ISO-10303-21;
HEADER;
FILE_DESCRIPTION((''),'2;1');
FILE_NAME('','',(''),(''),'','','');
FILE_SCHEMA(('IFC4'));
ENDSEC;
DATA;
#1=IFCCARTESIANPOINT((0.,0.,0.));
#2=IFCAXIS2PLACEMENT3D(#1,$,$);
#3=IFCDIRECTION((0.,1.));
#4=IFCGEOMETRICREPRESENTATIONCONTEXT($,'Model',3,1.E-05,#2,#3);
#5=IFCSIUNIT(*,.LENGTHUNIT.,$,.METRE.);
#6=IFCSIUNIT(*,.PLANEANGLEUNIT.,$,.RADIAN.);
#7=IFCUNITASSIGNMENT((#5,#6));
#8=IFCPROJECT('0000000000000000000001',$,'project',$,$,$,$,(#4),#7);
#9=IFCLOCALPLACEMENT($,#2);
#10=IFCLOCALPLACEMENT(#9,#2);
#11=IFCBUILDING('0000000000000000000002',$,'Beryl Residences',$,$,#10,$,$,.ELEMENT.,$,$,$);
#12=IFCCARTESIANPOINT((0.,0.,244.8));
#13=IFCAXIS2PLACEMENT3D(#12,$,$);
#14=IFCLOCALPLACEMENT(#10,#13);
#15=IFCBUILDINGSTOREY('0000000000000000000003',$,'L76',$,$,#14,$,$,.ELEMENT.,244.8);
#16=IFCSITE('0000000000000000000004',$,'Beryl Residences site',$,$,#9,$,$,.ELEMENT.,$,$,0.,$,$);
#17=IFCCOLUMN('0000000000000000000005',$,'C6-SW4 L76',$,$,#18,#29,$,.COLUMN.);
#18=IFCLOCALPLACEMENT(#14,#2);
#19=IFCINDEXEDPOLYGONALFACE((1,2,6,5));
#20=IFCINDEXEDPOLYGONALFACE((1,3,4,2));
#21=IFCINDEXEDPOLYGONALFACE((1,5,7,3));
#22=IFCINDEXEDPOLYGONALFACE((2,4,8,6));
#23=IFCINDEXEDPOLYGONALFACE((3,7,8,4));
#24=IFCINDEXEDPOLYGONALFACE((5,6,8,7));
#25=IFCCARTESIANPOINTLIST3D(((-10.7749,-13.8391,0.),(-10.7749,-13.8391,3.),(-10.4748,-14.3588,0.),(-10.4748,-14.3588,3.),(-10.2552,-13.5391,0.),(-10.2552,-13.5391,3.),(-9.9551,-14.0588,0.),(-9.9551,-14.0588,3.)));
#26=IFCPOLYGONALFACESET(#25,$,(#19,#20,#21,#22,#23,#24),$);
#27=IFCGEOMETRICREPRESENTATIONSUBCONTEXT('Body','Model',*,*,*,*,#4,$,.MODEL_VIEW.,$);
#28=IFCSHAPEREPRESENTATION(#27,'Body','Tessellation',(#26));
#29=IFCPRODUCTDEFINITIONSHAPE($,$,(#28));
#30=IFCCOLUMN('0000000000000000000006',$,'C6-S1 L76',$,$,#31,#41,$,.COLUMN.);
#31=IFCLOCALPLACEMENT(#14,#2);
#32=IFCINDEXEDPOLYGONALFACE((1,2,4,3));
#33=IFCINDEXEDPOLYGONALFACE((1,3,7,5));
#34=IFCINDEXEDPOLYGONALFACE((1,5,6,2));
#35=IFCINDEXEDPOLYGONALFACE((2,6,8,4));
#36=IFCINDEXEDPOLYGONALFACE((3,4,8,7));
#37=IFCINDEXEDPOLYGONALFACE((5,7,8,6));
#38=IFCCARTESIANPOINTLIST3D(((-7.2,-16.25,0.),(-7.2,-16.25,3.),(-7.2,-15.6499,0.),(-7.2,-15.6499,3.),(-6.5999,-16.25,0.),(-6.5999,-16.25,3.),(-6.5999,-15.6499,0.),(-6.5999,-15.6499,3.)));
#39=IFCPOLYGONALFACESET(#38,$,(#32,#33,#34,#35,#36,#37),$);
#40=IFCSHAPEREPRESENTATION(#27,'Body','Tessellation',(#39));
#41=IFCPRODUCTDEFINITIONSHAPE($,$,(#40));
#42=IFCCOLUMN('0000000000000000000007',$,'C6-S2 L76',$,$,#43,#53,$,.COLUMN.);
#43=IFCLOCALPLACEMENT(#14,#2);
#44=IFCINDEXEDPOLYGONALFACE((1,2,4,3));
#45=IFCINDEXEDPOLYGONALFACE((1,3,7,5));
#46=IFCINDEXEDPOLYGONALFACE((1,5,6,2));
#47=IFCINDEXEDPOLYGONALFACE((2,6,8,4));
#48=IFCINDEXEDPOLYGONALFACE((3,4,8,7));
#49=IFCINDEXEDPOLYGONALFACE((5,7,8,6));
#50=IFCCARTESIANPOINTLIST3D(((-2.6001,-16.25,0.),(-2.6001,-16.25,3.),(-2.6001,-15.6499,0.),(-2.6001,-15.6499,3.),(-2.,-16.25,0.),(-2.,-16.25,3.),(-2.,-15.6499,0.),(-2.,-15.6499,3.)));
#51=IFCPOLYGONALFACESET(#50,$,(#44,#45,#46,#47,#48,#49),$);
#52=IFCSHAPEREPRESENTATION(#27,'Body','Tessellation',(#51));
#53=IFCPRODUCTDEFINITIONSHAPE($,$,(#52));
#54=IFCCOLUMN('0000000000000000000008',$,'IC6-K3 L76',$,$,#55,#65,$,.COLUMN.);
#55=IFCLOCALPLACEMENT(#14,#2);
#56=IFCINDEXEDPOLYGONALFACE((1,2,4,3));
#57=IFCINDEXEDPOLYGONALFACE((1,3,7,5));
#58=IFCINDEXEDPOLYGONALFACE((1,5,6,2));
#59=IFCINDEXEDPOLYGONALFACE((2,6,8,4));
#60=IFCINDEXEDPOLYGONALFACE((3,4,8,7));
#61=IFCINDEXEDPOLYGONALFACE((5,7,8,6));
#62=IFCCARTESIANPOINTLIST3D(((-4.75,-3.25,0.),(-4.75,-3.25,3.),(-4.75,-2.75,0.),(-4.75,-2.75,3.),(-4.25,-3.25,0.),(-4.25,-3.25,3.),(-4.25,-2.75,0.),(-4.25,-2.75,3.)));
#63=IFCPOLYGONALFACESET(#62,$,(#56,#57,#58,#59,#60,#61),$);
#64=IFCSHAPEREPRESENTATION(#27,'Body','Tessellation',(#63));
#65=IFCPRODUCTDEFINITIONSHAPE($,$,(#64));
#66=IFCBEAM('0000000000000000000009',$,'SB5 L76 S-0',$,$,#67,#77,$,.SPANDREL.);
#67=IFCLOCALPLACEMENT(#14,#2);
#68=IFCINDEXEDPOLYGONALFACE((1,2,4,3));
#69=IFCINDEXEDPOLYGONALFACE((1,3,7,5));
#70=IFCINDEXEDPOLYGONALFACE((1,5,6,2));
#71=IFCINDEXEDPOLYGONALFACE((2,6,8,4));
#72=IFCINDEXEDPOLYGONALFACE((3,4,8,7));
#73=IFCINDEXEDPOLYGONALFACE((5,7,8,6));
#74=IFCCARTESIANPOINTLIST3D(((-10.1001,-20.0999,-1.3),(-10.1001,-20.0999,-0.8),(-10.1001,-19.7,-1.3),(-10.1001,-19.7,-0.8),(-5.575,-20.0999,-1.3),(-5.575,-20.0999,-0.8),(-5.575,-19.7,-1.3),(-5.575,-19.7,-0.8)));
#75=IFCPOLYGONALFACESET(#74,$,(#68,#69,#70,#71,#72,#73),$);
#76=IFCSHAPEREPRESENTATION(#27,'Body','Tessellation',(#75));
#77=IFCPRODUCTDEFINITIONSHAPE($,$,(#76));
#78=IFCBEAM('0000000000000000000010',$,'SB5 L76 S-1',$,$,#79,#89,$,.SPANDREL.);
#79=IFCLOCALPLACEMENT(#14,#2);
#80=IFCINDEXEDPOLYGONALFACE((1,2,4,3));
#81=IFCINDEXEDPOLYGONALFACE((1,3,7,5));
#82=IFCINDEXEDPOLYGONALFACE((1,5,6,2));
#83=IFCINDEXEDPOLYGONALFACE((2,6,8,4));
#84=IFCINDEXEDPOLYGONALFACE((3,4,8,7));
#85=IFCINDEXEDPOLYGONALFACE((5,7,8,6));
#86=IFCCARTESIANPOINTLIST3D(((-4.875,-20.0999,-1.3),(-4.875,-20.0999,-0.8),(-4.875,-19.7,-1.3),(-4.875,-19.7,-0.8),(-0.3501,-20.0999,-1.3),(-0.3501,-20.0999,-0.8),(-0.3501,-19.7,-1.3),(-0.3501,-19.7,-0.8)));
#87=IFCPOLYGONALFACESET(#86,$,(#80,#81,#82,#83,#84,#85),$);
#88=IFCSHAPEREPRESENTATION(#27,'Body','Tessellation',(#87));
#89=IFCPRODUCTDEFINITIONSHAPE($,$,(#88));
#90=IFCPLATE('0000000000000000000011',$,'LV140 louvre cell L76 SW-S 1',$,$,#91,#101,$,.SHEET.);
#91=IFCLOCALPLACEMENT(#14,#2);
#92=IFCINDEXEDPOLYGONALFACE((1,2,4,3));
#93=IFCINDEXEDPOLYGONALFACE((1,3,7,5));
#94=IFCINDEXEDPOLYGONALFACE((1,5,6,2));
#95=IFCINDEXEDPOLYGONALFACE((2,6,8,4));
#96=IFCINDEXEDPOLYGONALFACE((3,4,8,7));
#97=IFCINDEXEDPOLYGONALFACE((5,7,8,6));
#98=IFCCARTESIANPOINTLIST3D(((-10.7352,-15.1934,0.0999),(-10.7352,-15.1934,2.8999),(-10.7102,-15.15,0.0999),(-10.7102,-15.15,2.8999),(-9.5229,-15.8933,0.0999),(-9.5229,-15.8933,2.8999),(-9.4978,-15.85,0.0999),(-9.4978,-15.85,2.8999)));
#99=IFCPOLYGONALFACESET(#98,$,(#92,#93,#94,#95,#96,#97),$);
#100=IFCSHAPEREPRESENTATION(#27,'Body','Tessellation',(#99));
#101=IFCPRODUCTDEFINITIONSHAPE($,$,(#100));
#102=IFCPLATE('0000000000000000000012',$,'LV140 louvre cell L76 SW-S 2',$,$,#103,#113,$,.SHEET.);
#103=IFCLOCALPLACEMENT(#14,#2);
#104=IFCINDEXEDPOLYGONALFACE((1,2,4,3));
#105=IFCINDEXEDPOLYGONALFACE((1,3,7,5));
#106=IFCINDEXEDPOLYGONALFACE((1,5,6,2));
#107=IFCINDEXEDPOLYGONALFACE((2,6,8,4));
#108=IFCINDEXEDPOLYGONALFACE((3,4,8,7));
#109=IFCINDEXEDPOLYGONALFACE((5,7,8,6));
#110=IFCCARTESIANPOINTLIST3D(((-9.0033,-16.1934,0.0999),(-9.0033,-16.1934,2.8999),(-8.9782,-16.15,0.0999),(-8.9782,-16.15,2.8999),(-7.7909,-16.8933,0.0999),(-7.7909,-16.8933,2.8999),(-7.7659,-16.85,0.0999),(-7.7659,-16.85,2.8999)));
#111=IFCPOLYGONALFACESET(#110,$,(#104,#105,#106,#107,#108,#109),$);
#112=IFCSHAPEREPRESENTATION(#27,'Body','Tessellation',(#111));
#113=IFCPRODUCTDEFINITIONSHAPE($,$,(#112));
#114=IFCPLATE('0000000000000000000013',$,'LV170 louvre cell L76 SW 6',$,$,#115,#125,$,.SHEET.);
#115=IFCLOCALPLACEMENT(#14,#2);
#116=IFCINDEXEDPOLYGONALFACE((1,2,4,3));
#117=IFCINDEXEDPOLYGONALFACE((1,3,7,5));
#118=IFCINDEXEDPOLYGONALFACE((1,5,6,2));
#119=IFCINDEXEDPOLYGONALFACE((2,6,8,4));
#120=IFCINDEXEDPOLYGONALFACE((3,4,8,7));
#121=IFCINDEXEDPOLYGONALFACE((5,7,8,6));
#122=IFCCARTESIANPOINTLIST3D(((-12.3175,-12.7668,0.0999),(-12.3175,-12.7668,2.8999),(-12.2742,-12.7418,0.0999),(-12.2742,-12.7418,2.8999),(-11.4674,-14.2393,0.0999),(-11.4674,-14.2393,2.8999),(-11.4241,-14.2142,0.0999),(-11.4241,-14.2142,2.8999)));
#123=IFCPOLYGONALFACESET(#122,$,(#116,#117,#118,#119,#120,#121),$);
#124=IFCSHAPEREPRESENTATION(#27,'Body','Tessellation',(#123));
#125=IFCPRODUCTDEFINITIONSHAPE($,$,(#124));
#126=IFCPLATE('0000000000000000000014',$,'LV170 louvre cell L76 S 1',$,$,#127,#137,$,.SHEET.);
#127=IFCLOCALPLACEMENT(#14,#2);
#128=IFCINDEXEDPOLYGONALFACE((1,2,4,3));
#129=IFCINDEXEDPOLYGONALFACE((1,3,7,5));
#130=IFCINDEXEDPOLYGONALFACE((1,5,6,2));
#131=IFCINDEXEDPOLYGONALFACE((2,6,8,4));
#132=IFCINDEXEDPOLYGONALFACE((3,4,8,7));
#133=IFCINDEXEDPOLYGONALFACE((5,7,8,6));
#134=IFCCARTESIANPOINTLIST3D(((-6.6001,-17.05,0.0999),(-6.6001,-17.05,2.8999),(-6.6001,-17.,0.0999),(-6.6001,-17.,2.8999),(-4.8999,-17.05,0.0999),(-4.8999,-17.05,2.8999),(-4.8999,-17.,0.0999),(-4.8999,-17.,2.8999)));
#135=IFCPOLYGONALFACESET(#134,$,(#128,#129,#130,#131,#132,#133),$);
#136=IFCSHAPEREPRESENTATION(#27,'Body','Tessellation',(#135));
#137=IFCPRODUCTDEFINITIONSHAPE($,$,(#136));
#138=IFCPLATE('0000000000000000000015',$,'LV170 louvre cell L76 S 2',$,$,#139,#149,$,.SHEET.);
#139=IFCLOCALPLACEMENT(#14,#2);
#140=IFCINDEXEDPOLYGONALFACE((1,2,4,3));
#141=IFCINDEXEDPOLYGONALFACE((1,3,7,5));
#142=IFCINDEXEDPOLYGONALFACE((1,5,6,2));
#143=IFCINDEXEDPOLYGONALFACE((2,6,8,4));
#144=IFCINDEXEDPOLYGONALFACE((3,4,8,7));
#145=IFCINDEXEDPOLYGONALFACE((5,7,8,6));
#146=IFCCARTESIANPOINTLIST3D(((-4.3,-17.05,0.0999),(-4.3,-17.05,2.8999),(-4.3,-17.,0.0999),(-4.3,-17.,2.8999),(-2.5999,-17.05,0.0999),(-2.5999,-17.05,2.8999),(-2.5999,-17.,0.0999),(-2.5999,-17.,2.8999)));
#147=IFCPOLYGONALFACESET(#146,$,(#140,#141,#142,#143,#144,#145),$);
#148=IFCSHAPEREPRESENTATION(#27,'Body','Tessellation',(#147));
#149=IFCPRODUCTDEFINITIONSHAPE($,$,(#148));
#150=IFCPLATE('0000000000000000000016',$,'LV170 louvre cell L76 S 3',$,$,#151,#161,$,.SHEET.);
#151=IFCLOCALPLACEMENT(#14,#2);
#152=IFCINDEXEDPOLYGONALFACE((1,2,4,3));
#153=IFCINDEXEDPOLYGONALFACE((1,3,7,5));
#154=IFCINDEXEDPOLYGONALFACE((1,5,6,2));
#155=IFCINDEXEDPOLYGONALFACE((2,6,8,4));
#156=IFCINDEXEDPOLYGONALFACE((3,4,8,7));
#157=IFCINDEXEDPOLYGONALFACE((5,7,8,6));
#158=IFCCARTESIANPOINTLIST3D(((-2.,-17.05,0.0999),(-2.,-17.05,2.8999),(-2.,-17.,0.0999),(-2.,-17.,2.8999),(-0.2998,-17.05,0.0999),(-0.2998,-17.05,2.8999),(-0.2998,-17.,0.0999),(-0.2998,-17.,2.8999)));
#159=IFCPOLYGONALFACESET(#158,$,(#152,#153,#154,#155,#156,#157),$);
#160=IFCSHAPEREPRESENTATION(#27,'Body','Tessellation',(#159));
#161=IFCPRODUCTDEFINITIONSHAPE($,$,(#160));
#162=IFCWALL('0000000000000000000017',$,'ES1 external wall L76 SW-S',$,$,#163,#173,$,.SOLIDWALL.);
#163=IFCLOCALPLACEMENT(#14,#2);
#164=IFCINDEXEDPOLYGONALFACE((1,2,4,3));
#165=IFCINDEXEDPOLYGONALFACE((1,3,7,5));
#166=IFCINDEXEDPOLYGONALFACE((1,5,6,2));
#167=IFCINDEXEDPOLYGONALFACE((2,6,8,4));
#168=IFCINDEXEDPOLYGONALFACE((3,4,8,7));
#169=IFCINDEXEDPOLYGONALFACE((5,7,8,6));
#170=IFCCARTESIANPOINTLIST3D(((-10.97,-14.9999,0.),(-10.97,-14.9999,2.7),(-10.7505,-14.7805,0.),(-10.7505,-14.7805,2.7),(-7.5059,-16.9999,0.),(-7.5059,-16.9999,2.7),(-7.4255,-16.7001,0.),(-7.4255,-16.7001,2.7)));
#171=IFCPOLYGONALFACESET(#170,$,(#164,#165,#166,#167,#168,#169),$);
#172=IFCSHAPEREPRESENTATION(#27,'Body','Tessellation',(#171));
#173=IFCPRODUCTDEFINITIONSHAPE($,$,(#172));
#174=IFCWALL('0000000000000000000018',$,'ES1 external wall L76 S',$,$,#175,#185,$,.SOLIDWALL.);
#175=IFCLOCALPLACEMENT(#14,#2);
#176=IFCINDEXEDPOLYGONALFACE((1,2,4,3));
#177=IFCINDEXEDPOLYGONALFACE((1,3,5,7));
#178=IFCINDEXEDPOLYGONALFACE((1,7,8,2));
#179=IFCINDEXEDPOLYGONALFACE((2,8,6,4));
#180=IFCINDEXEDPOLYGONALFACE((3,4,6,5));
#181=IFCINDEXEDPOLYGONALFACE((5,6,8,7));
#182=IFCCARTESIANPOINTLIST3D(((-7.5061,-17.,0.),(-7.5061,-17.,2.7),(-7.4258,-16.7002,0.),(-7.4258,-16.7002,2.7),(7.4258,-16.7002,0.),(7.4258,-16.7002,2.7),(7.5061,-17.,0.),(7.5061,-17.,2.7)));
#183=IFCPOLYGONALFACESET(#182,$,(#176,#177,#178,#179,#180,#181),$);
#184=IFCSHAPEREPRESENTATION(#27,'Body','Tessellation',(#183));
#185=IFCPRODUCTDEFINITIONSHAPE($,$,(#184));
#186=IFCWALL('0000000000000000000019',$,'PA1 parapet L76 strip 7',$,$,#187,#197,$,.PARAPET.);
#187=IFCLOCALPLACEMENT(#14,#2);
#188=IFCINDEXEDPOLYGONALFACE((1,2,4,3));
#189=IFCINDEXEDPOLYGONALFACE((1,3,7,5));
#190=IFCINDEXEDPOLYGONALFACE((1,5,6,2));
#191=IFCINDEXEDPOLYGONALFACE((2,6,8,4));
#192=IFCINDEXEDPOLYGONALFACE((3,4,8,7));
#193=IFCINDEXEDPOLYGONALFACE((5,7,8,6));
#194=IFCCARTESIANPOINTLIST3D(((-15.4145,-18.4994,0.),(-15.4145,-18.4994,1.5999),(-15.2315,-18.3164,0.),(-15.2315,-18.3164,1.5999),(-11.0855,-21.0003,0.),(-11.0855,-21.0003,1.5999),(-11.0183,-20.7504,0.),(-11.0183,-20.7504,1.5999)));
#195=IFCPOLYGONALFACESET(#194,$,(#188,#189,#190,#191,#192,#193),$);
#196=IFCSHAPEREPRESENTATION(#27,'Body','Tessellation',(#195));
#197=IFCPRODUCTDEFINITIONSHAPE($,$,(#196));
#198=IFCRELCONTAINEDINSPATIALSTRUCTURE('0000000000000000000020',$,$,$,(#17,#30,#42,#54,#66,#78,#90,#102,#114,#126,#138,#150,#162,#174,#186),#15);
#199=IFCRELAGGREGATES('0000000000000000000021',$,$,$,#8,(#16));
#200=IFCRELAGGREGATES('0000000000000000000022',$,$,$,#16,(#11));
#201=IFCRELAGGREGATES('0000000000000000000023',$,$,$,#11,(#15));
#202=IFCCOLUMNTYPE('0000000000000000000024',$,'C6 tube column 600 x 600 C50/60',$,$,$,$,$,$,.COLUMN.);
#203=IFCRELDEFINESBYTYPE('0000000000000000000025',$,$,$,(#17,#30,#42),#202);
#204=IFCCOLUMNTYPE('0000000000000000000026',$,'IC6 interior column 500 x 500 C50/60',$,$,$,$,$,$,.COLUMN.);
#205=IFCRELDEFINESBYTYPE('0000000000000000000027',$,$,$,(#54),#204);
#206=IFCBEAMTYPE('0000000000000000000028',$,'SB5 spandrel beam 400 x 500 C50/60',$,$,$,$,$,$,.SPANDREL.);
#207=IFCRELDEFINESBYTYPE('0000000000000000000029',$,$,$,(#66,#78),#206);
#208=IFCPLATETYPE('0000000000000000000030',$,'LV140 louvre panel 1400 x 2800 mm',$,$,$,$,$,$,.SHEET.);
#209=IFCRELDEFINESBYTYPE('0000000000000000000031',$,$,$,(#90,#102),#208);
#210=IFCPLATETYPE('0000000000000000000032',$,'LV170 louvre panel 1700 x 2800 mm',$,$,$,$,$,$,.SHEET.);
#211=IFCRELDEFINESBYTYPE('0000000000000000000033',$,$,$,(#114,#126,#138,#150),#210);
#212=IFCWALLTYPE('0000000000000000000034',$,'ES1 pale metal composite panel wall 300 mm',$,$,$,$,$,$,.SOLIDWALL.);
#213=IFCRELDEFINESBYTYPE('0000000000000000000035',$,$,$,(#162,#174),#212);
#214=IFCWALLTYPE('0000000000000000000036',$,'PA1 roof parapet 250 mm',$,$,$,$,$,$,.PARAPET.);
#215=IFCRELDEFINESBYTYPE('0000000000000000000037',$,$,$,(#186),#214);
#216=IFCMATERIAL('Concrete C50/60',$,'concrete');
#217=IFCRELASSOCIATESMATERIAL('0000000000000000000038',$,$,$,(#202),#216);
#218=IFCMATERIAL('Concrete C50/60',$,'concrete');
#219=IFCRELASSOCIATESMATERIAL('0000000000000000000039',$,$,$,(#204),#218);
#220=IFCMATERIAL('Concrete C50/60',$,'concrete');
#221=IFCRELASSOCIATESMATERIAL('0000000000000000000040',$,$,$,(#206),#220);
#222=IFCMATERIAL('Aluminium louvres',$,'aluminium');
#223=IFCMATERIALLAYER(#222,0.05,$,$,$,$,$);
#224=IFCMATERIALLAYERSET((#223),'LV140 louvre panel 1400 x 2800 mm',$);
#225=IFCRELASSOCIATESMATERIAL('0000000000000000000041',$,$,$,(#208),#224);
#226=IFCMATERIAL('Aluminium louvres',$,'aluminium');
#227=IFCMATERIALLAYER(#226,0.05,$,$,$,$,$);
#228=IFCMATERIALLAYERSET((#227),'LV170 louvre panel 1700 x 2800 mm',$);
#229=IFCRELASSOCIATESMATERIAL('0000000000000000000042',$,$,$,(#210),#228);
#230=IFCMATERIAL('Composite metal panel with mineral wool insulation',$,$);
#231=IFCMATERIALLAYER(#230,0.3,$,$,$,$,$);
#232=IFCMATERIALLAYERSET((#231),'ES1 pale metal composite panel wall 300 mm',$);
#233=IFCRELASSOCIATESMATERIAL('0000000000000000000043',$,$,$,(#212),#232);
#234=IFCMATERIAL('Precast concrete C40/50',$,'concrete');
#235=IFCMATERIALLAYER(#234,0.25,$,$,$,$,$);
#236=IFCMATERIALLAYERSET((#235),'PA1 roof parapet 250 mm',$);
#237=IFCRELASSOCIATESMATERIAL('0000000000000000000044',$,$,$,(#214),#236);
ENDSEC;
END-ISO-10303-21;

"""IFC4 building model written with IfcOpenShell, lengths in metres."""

from ifc_helpers import new_model, si_unit, direction, frame, origin, origin_2d, place, context, subcontext, project, spatial, polyline, rectangle, outline, extrude, source, transform, mapped, material, layer, layer_set, material_profile, profile_set, type_object, type_shapes, element, save


model = new_model("IFC4")

# Units and contexts
model_context = context("Model", 3, precision=1e-05, world=origin(), true_north=direction((0.0, 1.0)))
body_context = subcontext(model_context, "Body", "Model", "MODEL_VIEW")
ifc_project = project(units=[si_unit("LENGTHUNIT", "METRE"), si_unit("PLANEANGLEUNIT", "RADIAN")], contexts=[model_context])

# Site, building, storey
site_placement = place(None, origin())
site = spatial("IfcSite", under=ifc_project, at=site_placement, Name="Beryl Residences site", CompositionType="ELEMENT", RefElevation=0.0)
building_placement = place(site_placement, origin())
building = spatial("IfcBuilding", under=site, at=building_placement, Name="Beryl Residences", CompositionType="ELEMENT")
storey_placement = place(building_placement, frame((0.0, 0.0, 244.8)))
storey = spatial("IfcBuildingStorey", under=building, at=storey_placement, Name="L76", CompositionType="ELEMENT", Elevation=244.8)

# Columns
ifc_material_1 = material(Name="Concrete C50/60", Category="concrete")
ifc_material_profile_1 = material_profile(ifc_material_1, rectangle(XDim=0.6001, YDim=0.6001, at=origin_2d()))
ifc_profile_set_1 = profile_set([ifc_material_profile_1], Name="Concrete C50/60")
column_type_1 = type_object("IfcColumnType", Name="C6 tube column 600 x 600 C50/60", PredefinedType="COLUMN", material=ifc_profile_set_1)
for number, where, z_axis, x_axis, name in (
    (1, (-10.365, -13.949, 0.0), (0.0, 0.0, 1.0), (0.5, -0.866025, 0.0), "C6-SW4 L76"),
    (2, (-6.8999, -15.95, 0.0), (0.0, 0.0, 1.0), (1.0, 0.0, 0.0), "C6-S1 L76"),
    (3, (-2.3, -15.95, 0.0), (0.0, 0.0, 1.0), (1.0, 0.0, 0.0), "C6-S2 L76"),
):
    element("IfcColumn", number, at=place(storey_placement, frame(where, z_axis=z_axis, x_axis=x_axis)), inside=storey, type_object=column_type_1, Name=name, PredefinedType="COLUMN", context=body_context, shape_type="SweptSolid", body=[
        extrude(rectangle(XDim=0.6001, YDim=0.6001, at=origin_2d()), origin(), (0.0, 0.0, 1.0), 3.0),
    ])
ifc_material_2 = material(Name="Concrete C50/60", Category="concrete")
ifc_material_profile_2 = material_profile(ifc_material_2, rectangle(XDim=0.5, YDim=0.5, at=origin_2d()))
ifc_profile_set_2 = profile_set([ifc_material_profile_2], Name="Concrete C50/60")
column_type_2 = type_object("IfcColumnType", Name="IC6 interior column 500 x 500 C50/60", PredefinedType="COLUMN", material=ifc_profile_set_2)
column_placement = place(storey_placement, frame((-4.5, -3.0, 0.0), z_axis=(0.0, 0.0, 1.0), x_axis=(1.0, 0.0, 0.0)))
element("IfcColumn", 4, at=column_placement, inside=storey, type_object=column_type_2, Name="IC6-K3 L76", PredefinedType="COLUMN", context=body_context, shape_type="SweptSolid", body=[
    extrude(rectangle(XDim=0.5, YDim=0.5, at=origin_2d()), origin(), (0.0, 0.0, 1.0), 3.0),
])

# Beams
ifc_material_3 = material(Name="Concrete C50/60", Category="concrete")
ifc_material_profile_3 = material_profile(ifc_material_3, rectangle(XDim=0.3999, YDim=0.5, at=origin_2d()))
ifc_profile_set_3 = profile_set([ifc_material_profile_3], Name="Concrete C50/60")
beam_type = type_object("IfcBeamType", Name="SB5 spandrel beam 400 x 500 C50/60", PredefinedType="SPANDREL", material=ifc_profile_set_3)
beam_1_placement = place(storey_placement, frame((-10.1001, -19.8999, -1.05), z_axis=(1.0, 0.0, 0.0), x_axis=(0.0, 1.0, 0.0)))
element("IfcBeam", 5, at=beam_1_placement, inside=storey, type_object=beam_type, Name="SB5 L76 S-0", PredefinedType="SPANDREL", context=body_context, shape_type="SweptSolid", body=[
    extrude(rectangle(XDim=0.3999, YDim=0.5, at=origin_2d()), origin(), (0.0, 0.0, 1.0), 4.5251),
])
beam_2_placement = place(storey_placement, frame((-4.875, -19.8999, -1.05), z_axis=(1.0, 0.0, 0.0), x_axis=(0.0, 1.0, 0.0)))
element("IfcBeam", 6, at=beam_2_placement, inside=storey, type_object=beam_type, Name="SB5 L76 S-1", PredefinedType="SPANDREL", context=body_context, shape_type="SweptSolid", body=[
    extrude(rectangle(XDim=0.3999, YDim=0.5, at=origin_2d()), origin(), (0.0, 0.0, 1.0), 4.5249),
])

# Plates
ifc_material_4 = material(Name="Aluminium louvres", Category="aluminium")
ifc_layer_1 = layer(ifc_material_4, 0.05)
ifc_layer_set_1 = layer_set([ifc_layer_1], Name="LV140 louvre panel 1400 x 2800 mm")
plate_type_1 = type_object("IfcPlateType", Name="LV140 louvre panel 1400 x 2800 mm", PredefinedType="SHEET", material=ifc_layer_set_1)
shared_shape_1 = source(origin(), body_context, "Body", "SweptSolid", [
    extrude(outline(polyline([(-0.7, 0.0), (0.7, 0.0), (0.7, 0.05), (-0.7, 0.05), (-0.7, 0.0)])), origin(), (0.0, 0.0, 1.0), 2.8),
])
type_shapes(plate_type_1, [shared_shape_1])
for number, where, z_axis, x_axis, name in (
    (7, (-10.104, -15.5, 0.0999), (0.0, 0.0, 1.0), (-0.866025, 0.5, 0.0), "LV140 louvre cell L76 SW-S 1"),
    (8, (-8.3721, -16.5, 0.0999), (0.0, 0.0, 1.0), (-0.866025, 0.5, 0.0), "LV140 louvre cell L76 SW-S 2"),
):
    element("IfcPlate", number, at=place(storey_placement, frame(where, z_axis=z_axis, x_axis=x_axis)), inside=storey, type_object=plate_type_1, Name=name, PredefinedType="SHEET", context=body_context, shape_type="MappedRepresentation", body=[
        mapped(shared_shape_1, transform((0.0, 0.0, 0.0))),
    ])
ifc_material_5 = material(Name="Aluminium louvres", Category="aluminium")
ifc_layer_2 = layer(ifc_material_5, 0.05)
ifc_layer_set_2 = layer_set([ifc_layer_2], Name="LV170 louvre panel 1700 x 2800 mm")
plate_type_2 = type_object("IfcPlateType", Name="LV170 louvre panel 1700 x 2800 mm", PredefinedType="SHEET", material=ifc_layer_set_2)
shared_shape_2 = source(origin(), body_context, "Body", "SweptSolid", [
    extrude(outline(polyline([(-0.8501, 0.0), (0.8501, 0.0), (0.8501, 0.05), (-0.8501, 0.05), (-0.8501, 0.0)])), origin(), (0.0, 0.0, 1.0), 2.8),
])
type_shapes(plate_type_2, [shared_shape_2])
for number, where, z_axis, x_axis, name in (
    (9, (-11.8491, -13.478, 0.0999), (0.0, 0.0, 1.0), (-0.5, 0.866025, 0.0), "LV170 louvre cell L76 SW 6"),
    (10, (-5.75, -17.0, 0.0999), (0.0, 0.0, 1.0), (-1.0, 0.0, 0.0), "LV170 louvre cell L76 S 1"),
    (11, (-3.45, -17.0, 0.0999), (0.0, 0.0, 1.0), (-1.0, 0.0, 0.0), "LV170 louvre cell L76 S 2"),
    (12, (-1.1499, -17.0, 0.0999), (0.0, 0.0, 1.0), (-1.0, 0.0, 0.0), "LV170 louvre cell L76 S 3"),
):
    element("IfcPlate", number, at=place(storey_placement, frame(where, z_axis=z_axis, x_axis=x_axis)), inside=storey, type_object=plate_type_2, Name=name, PredefinedType="SHEET", context=body_context, shape_type="MappedRepresentation", body=[
        mapped(shared_shape_2, transform((0.0, 0.0, 0.0))),
    ])

# Walls
ifc_material_6 = material(Name="Composite metal panel with mineral wool insulation")
ifc_layer_3 = layer(ifc_material_6, 0.3)
ifc_layer_set_3 = layer_set([ifc_layer_3], Name="ES1 pale metal composite panel wall 300 mm")
wall_type_1 = type_object("IfcWallType", Name="ES1 pale metal composite panel wall 300 mm", PredefinedType="SOLIDWALL", material=ifc_layer_set_3)
wall_1_placement = place(storey_placement, frame((-10.895, -14.8701, 0.0), z_axis=(0.0, 0.0, 1.0), x_axis=(0.866026, -0.499999, 0.0)))
element("IfcWall", 13, at=wall_1_placement, inside=storey, type_object=wall_type_1, Name="ES1 external wall L76 SW-S", PredefinedType="SOLIDWALL", context=body_context, shape_type="SweptSolid", body=[
    extrude(outline(polyline([(0.0, -0.1499), (4.0, -0.1499), (3.9197, 0.1499), (0.0803, 0.1499), (0.0, -0.1499)])), origin(), (0.0, 0.0, 1.0), 2.7),
])
wall_2_placement = place(storey_placement, frame((-7.5061, -16.8501, 0.0), z_axis=(0.0, 0.0, 1.0), x_axis=(1.0, 0.0, 0.0)))
element("IfcWall", 14, at=wall_2_placement, inside=storey, type_object=wall_type_1, Name="ES1 external wall L76 S", PredefinedType="SOLIDWALL", context=body_context, shape_type="SweptSolid", body=[
    extrude(outline(polyline([(0.0, -0.1499), (15.0122, -0.1499), (14.9319, 0.1499), (0.0803, 0.1499), (0.0, -0.1499)])), origin(), (0.0, 0.0, 1.0), 2.7),
])
ifc_material_7 = material(Name="Precast concrete C40/50", Category="concrete")
ifc_layer_4 = layer(ifc_material_7, 0.25)
ifc_layer_set_4 = layer_set([ifc_layer_4], Name="PA1 roof parapet 250 mm")
wall_type_2 = type_object("IfcWallType", Name="PA1 roof parapet 250 mm", PredefinedType="PARAPET", material=ifc_layer_set_4)
wall_3_placement = place(storey_placement, frame((-11.0229, -20.8921, 0.0), z_axis=(0.0, 0.0, 1.0), x_axis=(-0.86589, 0.500235, 0.0)))
element("IfcWall", 15, at=wall_3_placement, inside=storey, type_object=wall_type_2, Name="PA1 parapet L76 strip 7", PredefinedType="PARAPET", context=body_context, shape_type="SweptSolid", body=[
    extrude(outline(polyline([(0.0669, -0.125), (4.9326, -0.125), (4.9995, 0.125), (0.0, 0.125), (0.0669, -0.125)])), origin(), (0.0, 0.0, 1.0), 1.5999),
])

save(model, "model.ifc")
